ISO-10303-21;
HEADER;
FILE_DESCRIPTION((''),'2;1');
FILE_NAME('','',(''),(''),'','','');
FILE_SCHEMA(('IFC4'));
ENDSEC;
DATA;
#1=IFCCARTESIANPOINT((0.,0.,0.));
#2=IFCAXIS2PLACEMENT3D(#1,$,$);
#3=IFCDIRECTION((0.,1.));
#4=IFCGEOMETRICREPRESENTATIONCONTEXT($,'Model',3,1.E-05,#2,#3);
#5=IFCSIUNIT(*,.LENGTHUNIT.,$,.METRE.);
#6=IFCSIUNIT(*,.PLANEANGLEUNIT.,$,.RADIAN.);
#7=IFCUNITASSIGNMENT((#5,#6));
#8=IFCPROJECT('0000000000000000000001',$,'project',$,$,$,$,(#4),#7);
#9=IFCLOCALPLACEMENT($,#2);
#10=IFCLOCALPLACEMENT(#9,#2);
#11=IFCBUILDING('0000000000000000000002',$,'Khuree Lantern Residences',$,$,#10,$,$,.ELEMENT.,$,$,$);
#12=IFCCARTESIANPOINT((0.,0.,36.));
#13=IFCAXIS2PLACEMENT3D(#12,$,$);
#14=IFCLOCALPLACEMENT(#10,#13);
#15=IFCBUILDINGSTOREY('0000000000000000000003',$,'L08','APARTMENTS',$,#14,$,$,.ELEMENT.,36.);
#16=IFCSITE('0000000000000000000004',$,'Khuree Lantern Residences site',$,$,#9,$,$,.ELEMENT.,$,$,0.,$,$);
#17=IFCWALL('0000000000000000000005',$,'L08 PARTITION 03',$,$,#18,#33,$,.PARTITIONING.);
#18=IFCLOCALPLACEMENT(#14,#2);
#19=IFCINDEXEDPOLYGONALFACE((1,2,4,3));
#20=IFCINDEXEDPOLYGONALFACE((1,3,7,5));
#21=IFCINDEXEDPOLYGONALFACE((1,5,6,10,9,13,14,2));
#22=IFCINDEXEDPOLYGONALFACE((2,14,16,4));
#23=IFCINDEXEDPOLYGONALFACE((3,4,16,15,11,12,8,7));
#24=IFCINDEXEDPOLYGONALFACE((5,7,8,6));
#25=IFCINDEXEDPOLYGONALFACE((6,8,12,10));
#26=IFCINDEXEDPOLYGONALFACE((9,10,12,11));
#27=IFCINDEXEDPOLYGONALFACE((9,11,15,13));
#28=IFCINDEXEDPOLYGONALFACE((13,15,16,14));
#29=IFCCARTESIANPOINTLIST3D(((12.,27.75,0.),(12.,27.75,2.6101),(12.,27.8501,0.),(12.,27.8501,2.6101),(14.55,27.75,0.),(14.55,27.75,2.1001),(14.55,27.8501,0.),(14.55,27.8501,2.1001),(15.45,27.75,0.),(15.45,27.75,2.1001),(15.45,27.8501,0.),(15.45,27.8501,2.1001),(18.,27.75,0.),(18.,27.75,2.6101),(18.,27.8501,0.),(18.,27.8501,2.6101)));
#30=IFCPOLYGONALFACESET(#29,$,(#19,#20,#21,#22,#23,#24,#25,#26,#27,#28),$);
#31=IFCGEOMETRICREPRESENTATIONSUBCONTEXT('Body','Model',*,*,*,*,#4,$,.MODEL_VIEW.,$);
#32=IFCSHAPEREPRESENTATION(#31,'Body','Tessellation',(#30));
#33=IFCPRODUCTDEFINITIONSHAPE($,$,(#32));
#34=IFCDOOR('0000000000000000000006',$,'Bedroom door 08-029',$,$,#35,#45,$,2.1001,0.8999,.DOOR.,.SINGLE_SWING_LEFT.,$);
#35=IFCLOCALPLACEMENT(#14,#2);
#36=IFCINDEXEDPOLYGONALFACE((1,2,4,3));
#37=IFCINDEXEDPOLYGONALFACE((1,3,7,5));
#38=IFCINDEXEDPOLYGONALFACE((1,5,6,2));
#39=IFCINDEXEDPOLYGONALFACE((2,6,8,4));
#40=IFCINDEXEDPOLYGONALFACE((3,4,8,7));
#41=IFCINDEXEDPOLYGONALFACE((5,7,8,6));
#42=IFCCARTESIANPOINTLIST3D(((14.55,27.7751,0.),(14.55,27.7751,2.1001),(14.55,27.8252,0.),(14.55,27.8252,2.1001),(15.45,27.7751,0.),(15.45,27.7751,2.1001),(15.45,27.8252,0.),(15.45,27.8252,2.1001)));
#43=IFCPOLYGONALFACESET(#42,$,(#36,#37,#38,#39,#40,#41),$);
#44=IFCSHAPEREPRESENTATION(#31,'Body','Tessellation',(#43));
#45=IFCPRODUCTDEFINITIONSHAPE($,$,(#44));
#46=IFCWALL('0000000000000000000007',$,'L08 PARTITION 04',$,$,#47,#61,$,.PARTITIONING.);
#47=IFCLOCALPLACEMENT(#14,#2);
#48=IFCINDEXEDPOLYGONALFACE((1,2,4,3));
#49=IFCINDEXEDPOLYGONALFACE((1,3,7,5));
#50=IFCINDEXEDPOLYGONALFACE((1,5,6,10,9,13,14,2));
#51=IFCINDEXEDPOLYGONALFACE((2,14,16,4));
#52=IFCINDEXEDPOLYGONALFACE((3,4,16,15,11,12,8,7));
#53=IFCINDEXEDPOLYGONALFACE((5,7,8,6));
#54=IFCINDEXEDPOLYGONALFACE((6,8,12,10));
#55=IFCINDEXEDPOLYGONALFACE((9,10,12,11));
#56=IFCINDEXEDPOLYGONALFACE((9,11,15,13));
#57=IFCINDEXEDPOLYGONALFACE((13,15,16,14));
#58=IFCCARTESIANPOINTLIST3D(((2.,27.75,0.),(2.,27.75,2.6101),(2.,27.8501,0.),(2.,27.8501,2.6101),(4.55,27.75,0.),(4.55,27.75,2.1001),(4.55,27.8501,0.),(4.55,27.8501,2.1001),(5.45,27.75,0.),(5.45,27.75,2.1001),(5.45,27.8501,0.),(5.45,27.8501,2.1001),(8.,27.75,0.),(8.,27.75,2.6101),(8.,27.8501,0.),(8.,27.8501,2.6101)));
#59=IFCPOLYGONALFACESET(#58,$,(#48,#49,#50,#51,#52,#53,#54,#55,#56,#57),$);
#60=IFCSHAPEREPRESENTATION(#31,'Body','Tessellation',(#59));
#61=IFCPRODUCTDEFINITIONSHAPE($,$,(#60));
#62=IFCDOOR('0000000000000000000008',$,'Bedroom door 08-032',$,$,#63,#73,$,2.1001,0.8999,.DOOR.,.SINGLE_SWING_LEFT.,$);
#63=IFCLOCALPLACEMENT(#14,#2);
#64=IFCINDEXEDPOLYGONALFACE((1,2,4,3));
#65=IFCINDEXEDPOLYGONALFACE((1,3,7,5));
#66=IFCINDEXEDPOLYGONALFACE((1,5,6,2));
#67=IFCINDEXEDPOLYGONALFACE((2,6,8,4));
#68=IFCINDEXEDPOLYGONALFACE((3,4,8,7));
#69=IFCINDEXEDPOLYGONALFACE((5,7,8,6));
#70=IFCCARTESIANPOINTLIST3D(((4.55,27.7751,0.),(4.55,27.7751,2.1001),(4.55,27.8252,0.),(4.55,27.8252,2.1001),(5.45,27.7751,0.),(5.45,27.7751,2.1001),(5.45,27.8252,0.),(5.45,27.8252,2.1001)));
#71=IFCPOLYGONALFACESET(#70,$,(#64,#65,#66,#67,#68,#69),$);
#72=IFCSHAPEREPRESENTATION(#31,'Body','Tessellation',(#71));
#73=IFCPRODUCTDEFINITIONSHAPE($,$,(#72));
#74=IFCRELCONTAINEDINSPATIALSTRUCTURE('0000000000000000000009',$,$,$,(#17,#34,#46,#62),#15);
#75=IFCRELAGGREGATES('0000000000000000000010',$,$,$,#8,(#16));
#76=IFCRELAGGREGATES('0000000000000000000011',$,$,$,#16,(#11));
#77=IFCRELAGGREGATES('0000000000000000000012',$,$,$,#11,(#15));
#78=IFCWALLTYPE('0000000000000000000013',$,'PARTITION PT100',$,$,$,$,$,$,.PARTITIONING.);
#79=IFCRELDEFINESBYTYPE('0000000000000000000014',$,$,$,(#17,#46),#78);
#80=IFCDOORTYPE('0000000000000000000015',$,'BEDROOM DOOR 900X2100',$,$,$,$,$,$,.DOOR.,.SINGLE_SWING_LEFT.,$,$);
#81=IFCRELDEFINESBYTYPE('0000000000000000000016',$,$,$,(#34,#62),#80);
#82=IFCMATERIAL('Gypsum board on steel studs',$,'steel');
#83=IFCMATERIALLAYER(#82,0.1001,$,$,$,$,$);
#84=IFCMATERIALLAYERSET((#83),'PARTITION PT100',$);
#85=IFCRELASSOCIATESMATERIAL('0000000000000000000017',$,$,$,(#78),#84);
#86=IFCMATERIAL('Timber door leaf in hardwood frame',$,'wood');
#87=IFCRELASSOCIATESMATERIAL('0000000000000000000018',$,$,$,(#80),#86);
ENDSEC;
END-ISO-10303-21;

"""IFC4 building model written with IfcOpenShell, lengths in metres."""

from ifc_helpers import new_model, si_unit, direction, frame, frame_2d, origin, place, context, subcontext, project, spatial, rectangle, extrude, material, layer, layer_set, type_object, element, fill, save


model = new_model("IFC4")

# Units and contexts
model_context = context("Model", 3, precision=1e-05, world=origin(), true_north=direction((0.0, 1.0)))
body_context = subcontext(model_context, "Body", "Model", "MODEL_VIEW")
ifc_project = project(units=[si_unit("LENGTHUNIT", "METRE"), si_unit("PLANEANGLEUNIT", "RADIAN")], contexts=[model_context])

# Site, building, storey
site_placement = place(None, origin())
site = spatial("IfcSite", under=ifc_project, at=site_placement, Name="Khuree Lantern Residences site", CompositionType="ELEMENT", RefElevation=0.0)
building_placement = place(site_placement, origin())
building = spatial("IfcBuilding", under=site, at=building_placement, Name="Khuree Lantern Residences", CompositionType="ELEMENT")
storey_placement = place(building_placement, frame((0.0, 0.0, 36.0)))
storey = spatial("IfcBuildingStorey", under=building, at=storey_placement, Name="L08", Description="APARTMENTS", CompositionType="ELEMENT", Elevation=36.0)

# Shared definitions
ifc_material_1 = material(Name="Timber door leaf in hardwood frame", Category="wood")

# Shared definitions
ifc_material_2 = material(Name="Gypsum board on steel studs", Category="steel")
ifc_layer_1 = layer(ifc_material_2, 0.1001)
ifc_layer_set_1 = layer_set([ifc_layer_1], Name="PARTITION PT100")
wall_type_1 = type_object("IfcWallType", Name="PARTITION PT100", PredefinedType="PARTITIONING", material=ifc_layer_set_1)

# Walls, openings, doors
wall_1_placement = place(storey_placement, frame((18.0, 27.8, 0.0), z_axis=(0.0, 0.0, 1.0), x_axis=(-1.0, 0.0, 0.0)))
wall_1 = element("IfcWall", 1, at=wall_1_placement, inside=storey, type_object=wall_type_1, Name="L08 PARTITION 03", PredefinedType="PARTITIONING", context=body_context, shape_type="SweptSolid", body=[
    extrude(rectangle(XDim=6.0, YDim=0.1001, at=frame_2d((3.0, 0.0))), origin(), (0.0, 0.0, 1.0), 2.6101),
])
opening_1_placement = place(wall_1_placement, frame((2.55, 0.0, 0.0)))
opening_1 = element("IfcOpeningElement", 2, at=opening_1_placement, cuts=wall_1, PredefinedType="OPENING", context=body_context, shape_type="SweptSolid", body=[
    extrude(rectangle(XDim=0.8999, YDim=2.1001, at=frame_2d((0.45, 1.05))), frame((0.0, 0.0601, 0.0), z_axis=(0.0, -1.0, 0.0), x_axis=(1.0, 0.0, 0.0)), (0.0, 0.0, 1.0), 0.1201),
])
door_type_1 = type_object("IfcDoorType", Name="BEDROOM DOOR 900X2100", OperationType="SINGLE_SWING_LEFT", PredefinedType="DOOR", material=ifc_material_1)
door_1_placement = place(opening_1_placement, origin())
door_1 = element("IfcDoor", 3, at=door_1_placement, inside=storey, type_object=door_type_1, Name="Bedroom door 08-029", OperationType="SINGLE_SWING_LEFT", OverallHeight=2.1001, OverallWidth=0.8999, PredefinedType="DOOR", context=body_context, shape_type="SweptSolid", body=[
    extrude(rectangle(XDim=0.8999, YDim=2.1001, at=frame_2d((0.45, 1.05))), frame((0.0, 0.0249, 0.0), z_axis=(0.0, -1.0, 0.0), x_axis=(1.0, 0.0, 0.0)), (0.0, 0.0, 1.0), 0.05),
])
fill(opening_1, door_1)
wall_2_placement = place(storey_placement, frame((8.0, 27.8, 0.0), z_axis=(0.0, 0.0, 1.0), x_axis=(-1.0, 0.0, 0.0)))
wall_2 = element("IfcWall", 4, at=wall_2_placement, inside=storey, type_object=wall_type_1, Name="L08 PARTITION 04", PredefinedType="PARTITIONING", context=body_context, shape_type="SweptSolid", body=[
    extrude(rectangle(XDim=6.0, YDim=0.1001, at=frame_2d((3.0, 0.0))), origin(), (0.0, 0.0, 1.0), 2.6101),
])
opening_2_placement = place(wall_2_placement, frame((2.55, 0.0, 0.0)))
opening_2 = element("IfcOpeningElement", 5, at=opening_2_placement, cuts=wall_2, PredefinedType="OPENING", context=body_context, shape_type="SweptSolid", body=[
    extrude(rectangle(XDim=0.8999, YDim=2.1001, at=frame_2d((0.45, 1.05))), frame((0.0, 0.0601, 0.0), z_axis=(0.0, -1.0, 0.0), x_axis=(1.0, 0.0, 0.0)), (0.0, 0.0, 1.0), 0.1201),
])
door_2_placement = place(opening_2_placement, origin())
door_2 = element("IfcDoor", 6, at=door_2_placement, inside=storey, type_object=door_type_1, Name="Bedroom door 08-032", OperationType="SINGLE_SWING_LEFT", OverallHeight=2.1001, OverallWidth=0.8999, PredefinedType="DOOR", context=body_context, shape_type="SweptSolid", body=[
    extrude(rectangle(XDim=0.8999, YDim=2.1001, at=frame_2d((0.45, 1.05))), frame((0.0, 0.0249, 0.0), z_axis=(0.0, -1.0, 0.0), x_axis=(1.0, 0.0, 0.0)), (0.0, 0.0, 1.0), 0.05),
])
fill(opening_2, door_2)

save(model, "model.ifc")
